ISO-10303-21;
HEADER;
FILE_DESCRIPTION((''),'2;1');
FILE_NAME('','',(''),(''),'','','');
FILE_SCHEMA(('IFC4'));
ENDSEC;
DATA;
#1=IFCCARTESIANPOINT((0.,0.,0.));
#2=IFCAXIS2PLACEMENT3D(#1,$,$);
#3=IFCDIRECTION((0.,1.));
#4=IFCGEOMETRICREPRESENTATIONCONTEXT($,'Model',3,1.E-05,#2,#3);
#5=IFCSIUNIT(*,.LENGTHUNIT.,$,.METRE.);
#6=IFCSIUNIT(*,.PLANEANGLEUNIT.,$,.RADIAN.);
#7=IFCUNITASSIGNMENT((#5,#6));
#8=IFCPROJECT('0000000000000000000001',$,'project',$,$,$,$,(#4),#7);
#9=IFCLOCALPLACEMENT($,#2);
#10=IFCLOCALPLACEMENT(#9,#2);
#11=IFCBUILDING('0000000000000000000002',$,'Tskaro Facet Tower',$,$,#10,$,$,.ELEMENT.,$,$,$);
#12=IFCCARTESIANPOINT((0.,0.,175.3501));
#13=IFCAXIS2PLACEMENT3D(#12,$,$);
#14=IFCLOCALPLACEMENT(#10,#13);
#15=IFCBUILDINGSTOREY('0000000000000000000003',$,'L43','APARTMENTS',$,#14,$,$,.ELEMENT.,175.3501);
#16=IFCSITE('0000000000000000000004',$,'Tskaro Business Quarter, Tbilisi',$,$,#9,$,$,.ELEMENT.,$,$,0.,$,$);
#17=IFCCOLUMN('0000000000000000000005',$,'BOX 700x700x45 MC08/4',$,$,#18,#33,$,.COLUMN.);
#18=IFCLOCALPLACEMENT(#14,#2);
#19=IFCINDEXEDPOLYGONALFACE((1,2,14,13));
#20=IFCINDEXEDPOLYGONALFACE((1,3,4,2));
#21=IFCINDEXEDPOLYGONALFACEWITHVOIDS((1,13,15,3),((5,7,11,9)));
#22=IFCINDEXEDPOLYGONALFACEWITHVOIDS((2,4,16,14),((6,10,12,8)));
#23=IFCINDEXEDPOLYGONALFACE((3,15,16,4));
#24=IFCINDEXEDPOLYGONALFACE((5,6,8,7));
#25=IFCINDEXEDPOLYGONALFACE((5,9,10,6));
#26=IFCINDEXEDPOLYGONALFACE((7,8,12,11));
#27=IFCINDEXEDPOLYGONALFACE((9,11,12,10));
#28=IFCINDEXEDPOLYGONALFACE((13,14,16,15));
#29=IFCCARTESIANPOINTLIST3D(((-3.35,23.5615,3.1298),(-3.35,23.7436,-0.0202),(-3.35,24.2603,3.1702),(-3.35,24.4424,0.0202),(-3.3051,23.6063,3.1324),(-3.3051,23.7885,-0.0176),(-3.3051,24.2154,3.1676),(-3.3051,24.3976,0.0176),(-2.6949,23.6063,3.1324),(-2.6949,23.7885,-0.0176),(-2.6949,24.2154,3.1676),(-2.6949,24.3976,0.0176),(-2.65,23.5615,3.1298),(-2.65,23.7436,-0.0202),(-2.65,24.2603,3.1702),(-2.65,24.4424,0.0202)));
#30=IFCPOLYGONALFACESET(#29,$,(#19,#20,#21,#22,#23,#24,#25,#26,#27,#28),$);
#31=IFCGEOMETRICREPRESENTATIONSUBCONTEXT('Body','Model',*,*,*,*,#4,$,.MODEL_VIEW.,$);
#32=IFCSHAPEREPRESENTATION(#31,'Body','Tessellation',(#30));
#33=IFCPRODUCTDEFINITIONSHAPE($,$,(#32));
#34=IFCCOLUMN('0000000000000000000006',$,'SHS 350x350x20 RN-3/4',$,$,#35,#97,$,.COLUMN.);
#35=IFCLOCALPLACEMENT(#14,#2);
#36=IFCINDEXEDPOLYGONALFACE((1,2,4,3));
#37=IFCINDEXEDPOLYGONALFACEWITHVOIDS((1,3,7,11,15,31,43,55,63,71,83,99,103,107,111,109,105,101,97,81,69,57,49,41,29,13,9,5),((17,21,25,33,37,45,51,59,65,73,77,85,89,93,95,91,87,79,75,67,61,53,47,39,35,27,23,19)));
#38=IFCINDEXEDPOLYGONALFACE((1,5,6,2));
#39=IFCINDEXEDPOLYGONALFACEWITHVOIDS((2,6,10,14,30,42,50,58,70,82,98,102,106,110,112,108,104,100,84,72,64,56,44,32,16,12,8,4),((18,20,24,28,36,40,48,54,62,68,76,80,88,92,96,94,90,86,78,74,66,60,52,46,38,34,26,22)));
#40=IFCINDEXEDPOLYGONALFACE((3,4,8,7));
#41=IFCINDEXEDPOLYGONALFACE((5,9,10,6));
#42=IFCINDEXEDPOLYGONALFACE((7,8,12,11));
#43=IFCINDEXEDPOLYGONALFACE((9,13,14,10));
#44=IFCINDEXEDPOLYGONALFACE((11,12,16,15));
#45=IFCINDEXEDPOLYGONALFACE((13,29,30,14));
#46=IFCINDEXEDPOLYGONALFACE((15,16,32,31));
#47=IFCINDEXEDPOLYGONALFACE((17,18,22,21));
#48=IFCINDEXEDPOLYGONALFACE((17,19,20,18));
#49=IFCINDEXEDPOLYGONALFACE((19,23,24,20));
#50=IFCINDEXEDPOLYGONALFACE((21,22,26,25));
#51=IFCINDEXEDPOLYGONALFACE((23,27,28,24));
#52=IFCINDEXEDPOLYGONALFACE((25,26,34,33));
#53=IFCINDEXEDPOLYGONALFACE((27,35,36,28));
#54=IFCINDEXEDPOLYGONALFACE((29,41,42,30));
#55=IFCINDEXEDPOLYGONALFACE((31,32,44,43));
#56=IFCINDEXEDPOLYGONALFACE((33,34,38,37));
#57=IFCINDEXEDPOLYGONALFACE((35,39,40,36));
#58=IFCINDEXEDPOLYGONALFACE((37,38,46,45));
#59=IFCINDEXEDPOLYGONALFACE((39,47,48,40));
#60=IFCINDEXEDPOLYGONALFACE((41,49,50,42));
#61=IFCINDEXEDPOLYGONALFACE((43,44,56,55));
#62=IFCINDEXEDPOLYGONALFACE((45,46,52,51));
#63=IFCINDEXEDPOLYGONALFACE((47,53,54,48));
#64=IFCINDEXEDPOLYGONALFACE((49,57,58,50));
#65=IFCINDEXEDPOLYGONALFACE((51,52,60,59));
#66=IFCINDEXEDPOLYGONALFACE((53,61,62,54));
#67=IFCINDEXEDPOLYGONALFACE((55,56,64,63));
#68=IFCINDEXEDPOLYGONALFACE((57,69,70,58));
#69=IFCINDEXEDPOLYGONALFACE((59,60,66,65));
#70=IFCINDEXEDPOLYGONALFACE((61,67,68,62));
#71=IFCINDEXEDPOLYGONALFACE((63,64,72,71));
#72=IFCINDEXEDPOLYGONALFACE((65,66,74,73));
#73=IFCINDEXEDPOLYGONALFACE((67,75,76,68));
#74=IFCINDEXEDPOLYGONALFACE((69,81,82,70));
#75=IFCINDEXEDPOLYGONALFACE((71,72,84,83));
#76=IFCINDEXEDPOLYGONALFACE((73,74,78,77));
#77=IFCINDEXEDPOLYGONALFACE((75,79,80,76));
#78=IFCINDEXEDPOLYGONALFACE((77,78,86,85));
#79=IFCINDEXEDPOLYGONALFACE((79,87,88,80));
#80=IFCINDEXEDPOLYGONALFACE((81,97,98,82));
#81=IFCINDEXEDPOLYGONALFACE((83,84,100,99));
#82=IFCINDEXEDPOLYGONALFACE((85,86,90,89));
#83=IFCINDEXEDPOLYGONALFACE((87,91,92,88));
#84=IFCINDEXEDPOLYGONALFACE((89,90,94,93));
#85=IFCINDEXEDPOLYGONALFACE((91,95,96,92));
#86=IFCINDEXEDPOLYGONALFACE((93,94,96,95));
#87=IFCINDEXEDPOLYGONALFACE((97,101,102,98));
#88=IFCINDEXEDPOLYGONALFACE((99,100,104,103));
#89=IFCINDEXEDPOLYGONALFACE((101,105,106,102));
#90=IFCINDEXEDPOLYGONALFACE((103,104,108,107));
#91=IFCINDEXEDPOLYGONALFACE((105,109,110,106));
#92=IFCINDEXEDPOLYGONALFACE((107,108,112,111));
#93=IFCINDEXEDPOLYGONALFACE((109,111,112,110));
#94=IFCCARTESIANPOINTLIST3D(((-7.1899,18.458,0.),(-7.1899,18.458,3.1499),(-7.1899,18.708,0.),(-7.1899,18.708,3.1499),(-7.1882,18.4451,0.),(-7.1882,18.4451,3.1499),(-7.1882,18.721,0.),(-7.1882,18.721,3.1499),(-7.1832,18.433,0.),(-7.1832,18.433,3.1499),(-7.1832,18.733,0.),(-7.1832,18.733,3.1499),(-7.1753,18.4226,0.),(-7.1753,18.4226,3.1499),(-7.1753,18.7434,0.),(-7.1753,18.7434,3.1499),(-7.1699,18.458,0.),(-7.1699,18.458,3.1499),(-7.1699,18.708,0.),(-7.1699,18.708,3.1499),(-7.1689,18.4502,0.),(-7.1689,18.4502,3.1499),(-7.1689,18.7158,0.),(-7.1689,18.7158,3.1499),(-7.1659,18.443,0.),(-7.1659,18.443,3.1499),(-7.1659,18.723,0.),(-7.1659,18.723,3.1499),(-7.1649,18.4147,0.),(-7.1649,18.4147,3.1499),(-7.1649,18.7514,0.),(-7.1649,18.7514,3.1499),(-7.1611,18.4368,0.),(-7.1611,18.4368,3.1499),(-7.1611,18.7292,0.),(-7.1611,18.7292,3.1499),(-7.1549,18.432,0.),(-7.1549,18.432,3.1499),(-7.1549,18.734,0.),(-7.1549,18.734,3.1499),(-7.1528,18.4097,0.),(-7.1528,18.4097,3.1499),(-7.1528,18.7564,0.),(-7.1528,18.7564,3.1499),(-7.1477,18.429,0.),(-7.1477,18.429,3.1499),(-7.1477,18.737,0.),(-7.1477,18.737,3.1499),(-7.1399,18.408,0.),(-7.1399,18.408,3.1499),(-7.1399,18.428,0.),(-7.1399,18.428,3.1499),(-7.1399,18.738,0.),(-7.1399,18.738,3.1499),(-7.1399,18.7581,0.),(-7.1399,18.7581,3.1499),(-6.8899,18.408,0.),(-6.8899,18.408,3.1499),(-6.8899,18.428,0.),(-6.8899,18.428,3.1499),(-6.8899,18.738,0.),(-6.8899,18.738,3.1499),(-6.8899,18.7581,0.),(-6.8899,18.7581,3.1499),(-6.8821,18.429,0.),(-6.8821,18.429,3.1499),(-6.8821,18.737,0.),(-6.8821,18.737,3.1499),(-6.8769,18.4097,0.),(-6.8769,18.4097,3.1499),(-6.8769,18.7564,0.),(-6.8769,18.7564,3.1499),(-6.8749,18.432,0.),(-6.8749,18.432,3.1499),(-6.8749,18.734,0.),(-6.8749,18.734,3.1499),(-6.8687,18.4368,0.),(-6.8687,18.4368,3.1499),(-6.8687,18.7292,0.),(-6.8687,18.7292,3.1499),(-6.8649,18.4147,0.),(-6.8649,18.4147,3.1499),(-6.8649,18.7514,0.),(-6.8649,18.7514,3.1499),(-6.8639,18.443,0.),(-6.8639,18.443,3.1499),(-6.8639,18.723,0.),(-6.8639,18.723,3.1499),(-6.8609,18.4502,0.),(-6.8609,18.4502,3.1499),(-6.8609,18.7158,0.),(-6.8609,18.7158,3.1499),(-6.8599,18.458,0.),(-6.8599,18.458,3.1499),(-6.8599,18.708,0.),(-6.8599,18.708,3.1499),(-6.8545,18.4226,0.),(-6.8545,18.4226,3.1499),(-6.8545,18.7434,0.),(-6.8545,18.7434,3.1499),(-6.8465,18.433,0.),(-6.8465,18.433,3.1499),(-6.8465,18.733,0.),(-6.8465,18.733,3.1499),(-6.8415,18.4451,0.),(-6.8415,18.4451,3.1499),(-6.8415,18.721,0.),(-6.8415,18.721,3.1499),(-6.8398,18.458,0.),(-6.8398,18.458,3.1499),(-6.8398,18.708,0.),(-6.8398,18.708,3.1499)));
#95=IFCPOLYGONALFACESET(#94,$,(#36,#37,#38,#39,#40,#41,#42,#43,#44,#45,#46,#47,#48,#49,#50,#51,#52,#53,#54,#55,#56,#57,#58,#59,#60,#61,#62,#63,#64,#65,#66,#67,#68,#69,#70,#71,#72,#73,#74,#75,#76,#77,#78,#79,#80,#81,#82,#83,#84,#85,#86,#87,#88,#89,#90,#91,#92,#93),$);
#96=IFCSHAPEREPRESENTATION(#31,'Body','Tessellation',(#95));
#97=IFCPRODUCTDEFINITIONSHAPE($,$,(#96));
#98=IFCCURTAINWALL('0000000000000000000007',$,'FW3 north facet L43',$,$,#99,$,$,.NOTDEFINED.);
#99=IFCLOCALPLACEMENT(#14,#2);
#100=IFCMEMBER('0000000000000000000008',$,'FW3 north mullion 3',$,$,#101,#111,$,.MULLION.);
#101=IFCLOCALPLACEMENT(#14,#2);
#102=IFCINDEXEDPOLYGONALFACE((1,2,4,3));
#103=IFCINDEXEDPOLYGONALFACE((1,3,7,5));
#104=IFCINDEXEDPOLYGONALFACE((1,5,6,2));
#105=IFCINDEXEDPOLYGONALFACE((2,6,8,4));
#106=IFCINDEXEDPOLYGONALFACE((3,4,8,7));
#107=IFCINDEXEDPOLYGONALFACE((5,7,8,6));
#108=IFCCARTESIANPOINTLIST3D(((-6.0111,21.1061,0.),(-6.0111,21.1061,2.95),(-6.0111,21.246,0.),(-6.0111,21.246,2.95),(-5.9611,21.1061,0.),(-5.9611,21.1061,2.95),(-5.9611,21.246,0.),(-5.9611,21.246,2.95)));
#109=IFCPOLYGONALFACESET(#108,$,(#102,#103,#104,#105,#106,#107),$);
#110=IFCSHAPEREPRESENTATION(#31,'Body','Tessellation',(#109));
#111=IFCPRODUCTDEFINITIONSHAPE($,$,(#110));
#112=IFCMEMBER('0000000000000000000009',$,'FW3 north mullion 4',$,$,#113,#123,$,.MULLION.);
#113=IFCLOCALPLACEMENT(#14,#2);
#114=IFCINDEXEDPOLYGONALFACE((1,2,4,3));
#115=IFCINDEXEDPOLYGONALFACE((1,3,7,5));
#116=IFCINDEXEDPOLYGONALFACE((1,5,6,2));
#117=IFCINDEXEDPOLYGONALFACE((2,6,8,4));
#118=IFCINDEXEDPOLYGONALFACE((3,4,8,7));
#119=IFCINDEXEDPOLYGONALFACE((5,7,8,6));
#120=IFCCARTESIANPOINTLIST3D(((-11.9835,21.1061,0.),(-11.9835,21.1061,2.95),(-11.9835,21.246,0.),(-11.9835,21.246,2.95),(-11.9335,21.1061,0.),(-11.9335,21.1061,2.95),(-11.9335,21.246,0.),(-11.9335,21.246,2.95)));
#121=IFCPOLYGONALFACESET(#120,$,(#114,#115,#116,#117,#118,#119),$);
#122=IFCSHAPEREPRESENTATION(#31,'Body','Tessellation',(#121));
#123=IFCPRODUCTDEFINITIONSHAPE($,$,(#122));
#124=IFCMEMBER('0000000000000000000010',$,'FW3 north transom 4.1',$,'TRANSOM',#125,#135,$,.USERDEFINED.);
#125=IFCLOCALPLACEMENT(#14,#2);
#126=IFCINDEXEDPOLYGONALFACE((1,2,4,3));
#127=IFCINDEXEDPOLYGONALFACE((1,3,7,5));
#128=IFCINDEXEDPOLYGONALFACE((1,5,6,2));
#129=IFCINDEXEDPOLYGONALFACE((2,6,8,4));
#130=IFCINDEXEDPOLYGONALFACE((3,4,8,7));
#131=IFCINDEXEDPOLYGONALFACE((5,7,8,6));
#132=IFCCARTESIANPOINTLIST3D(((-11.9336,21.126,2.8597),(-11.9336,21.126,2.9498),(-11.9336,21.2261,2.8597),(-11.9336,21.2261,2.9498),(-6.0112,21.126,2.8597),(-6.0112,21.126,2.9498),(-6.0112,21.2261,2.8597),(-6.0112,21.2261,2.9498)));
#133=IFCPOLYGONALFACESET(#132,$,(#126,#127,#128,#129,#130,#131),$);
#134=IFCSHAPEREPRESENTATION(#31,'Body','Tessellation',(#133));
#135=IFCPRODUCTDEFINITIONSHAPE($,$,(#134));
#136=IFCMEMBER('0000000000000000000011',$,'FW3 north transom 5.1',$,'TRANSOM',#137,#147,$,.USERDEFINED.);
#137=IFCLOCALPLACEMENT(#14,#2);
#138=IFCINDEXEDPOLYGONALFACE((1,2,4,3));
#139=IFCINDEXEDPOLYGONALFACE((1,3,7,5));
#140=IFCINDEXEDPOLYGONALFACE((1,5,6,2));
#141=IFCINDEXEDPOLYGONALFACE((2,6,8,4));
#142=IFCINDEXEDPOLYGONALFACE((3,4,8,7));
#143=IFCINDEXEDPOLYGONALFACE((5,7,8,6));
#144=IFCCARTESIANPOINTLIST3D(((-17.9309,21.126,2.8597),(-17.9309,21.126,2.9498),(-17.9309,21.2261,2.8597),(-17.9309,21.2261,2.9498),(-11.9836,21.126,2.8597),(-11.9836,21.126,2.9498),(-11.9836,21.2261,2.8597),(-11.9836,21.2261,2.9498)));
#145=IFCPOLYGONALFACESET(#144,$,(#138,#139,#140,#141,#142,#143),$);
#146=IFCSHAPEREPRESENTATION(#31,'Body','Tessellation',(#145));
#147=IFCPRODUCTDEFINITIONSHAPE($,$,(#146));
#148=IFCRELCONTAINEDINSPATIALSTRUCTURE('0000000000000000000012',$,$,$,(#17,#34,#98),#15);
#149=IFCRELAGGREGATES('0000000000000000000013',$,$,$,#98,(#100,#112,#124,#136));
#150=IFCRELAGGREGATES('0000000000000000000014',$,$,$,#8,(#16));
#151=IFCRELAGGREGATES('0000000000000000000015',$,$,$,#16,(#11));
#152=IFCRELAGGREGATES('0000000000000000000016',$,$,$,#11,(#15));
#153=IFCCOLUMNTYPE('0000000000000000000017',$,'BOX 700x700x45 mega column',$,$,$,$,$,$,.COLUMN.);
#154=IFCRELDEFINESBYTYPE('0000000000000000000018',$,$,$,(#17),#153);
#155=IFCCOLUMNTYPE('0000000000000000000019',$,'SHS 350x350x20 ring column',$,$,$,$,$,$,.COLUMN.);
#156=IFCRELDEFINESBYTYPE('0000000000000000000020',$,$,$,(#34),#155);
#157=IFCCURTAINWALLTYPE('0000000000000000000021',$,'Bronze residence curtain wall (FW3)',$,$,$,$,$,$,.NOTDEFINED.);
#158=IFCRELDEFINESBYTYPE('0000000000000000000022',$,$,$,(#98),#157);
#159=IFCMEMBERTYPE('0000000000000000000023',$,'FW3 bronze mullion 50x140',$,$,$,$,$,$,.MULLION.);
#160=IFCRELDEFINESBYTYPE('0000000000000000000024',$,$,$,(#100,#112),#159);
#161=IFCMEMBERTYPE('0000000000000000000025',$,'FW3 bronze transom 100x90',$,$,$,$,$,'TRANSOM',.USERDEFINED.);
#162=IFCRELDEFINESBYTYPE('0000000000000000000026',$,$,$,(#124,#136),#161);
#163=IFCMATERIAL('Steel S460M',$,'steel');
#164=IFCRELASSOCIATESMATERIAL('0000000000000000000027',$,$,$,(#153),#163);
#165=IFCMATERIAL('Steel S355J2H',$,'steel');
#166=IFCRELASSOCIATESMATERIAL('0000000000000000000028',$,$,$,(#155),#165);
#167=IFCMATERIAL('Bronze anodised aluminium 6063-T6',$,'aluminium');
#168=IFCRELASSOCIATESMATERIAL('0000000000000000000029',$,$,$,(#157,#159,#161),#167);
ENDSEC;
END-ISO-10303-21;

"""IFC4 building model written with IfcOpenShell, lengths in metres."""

from ifc_helpers import new_model, si_unit, direction, frame, origin, origin_2d, place, context, subcontext, project, spatial, rectangle, hollow_rectangle, extrude, material, material_profile, profile_set, type_object, element, aggregate, save


model = new_model("IFC4")

# Units and contexts
model_context = context("Model", 3, precision=1e-05, world=origin(), true_north=direction((0.0, 1.0)))
body_context = subcontext(model_context, "Body", "Model", "MODEL_VIEW")
ifc_project = project(units=[si_unit("LENGTHUNIT", "METRE"), si_unit("PLANEANGLEUNIT", "RADIAN")], contexts=[model_context])

# Site, building, storey
site_placement = place(None, origin())
site = spatial("IfcSite", under=ifc_project, at=site_placement, Name="Tskaro Business Quarter, Tbilisi", CompositionType="ELEMENT", RefElevation=0.0)
building_placement = place(site_placement, origin())
building = spatial("IfcBuilding", under=site, at=building_placement, Name="Tskaro Facet Tower", CompositionType="ELEMENT")
storey_placement = place(building_placement, frame((0.0, 0.0, 175.3501)))
storey = spatial("IfcBuildingStorey", under=building, at=storey_placement, Name="L43", Description="APARTMENTS", CompositionType="ELEMENT", Elevation=175.3501)

# Columns
ifc_material_1 = material(Name="Steel S460M", Category="steel")
ifc_material_profile_1 = material_profile(ifc_material_1, hollow_rectangle(XDim=0.7, YDim=0.7, WallThickness=0.0449, at=origin_2d()), Name="BOX 700x700x45")
ifc_profile_set_1 = profile_set([ifc_material_profile_1], Name="Steel S460M")
column_type_1 = type_object("IfcColumnType", Name="BOX 700x700x45 mega column", PredefinedType="COLUMN", material=ifc_profile_set_1)
column_1_placement = place(storey_placement, frame((-3.0, 24.093, 0.0), z_axis=(0.0, -0.057724, 0.998333), x_axis=(1.0, 0.0, 0.0)))
element("IfcColumn", 1, at=column_1_placement, inside=storey, type_object=column_type_1, Name="BOX 700x700x45 MC08/4", PredefinedType="COLUMN", context=body_context, shape_type="SweptSolid", body=[
    extrude(hollow_rectangle(XDim=0.7, YDim=0.7, WallThickness=0.0449, at=origin_2d()), origin(), (0.0, 0.0, 1.0), 3.1553),
])
ifc_material_2 = material(Name="Steel S355J2H", Category="steel")
ifc_material_profile_2 = material_profile(ifc_material_2, hollow_rectangle(XDim=0.3501, YDim=0.3501, WallThickness=0.02, InnerFilletRadius=0.03, OuterFilletRadius=0.05, at=origin_2d()), Name="SHS 350x350x20")
ifc_profile_set_2 = profile_set([ifc_material_profile_2], Name="Steel S355J2H")
column_type_2 = type_object("IfcColumnType", Name="SHS 350x350x20 ring column", PredefinedType="COLUMN", material=ifc_profile_set_2)
column_2_placement = place(storey_placement, frame((-7.0149, 18.583, 0.0), z_axis=(0.0, 0.0, 1.0), x_axis=(1.0, 0.0, 0.0)))
element("IfcColumn", 2, at=column_2_placement, inside=storey, type_object=column_type_2, Name="SHS 350x350x20 RN-3/4", PredefinedType="COLUMN", context=body_context, shape_type="SweptSolid", body=[
    extrude(hollow_rectangle(XDim=0.3501, YDim=0.3501, WallThickness=0.02, InnerFilletRadius=0.03, OuterFilletRadius=0.05, at=origin_2d()), origin(), (0.0, 0.0, 1.0), 3.1499),
])

# Curtain wall, members
ifc_material_3 = material(Name="Bronze anodised aluminium 6063-T6", Category="aluminium")
curtain_wall_type = type_object("IfcCurtainWallType", Name="Bronze residence curtain wall (FW3)", PredefinedType="NOTDEFINED", material=ifc_material_3)
curtain_wall_placement = place(storey_placement, origin())
curtain_wall = element("IfcCurtainWall", 3, at=curtain_wall_placement, inside=storey, type_object=curtain_wall_type, Name="FW3 north facet L43", PredefinedType="NOTDEFINED")
ifc_material_profile_3 = material_profile(ifc_material_3, rectangle(XDim=0.05, YDim=0.1399, at=origin_2d()), Name="Mullion 50x140")
ifc_profile_set_3 = profile_set([ifc_material_profile_3], Name="Bronze anodised aluminium 6063-T6")
member_type_1 = type_object("IfcMemberType", Name="FW3 bronze mullion 50x140", PredefinedType="MULLION", material=ifc_profile_set_3)
member_1_placement = place(storey_placement, frame((-5.9861, 21.176, 0.0), z_axis=(0.0, 0.0, 1.0), x_axis=(-1.0, 0.0, 0.0)))
member_1 = element("IfcMember", 4, at=member_1_placement, type_object=member_type_1, Name="FW3 north mullion 3", PredefinedType="MULLION", context=body_context, shape_type="SweptSolid", body=[
    extrude(rectangle(XDim=0.05, YDim=0.1399, at=origin_2d()), origin(), (0.0, 0.0, 1.0), 2.95),
])
member_2_placement = place(storey_placement, frame((-11.9585, 21.176, 0.0), z_axis=(0.0, 0.0, 1.0), x_axis=(-1.0, 0.0, 0.0)))
member_2 = element("IfcMember", 5, at=member_2_placement, type_object=member_type_1, Name="FW3 north mullion 4", PredefinedType="MULLION", context=body_context, shape_type="SweptSolid", body=[
    extrude(rectangle(XDim=0.05, YDim=0.1399, at=origin_2d()), origin(), (0.0, 0.0, 1.0), 2.95),
])
ifc_material_profile_4 = material_profile(ifc_material_3, rectangle(XDim=0.1001, YDim=0.0901, at=origin_2d()), Name="Transom 100x90")
ifc_profile_set_4 = profile_set([ifc_material_profile_4], Name="Bronze anodised aluminium 6063-T6")
member_type_2 = type_object("IfcMemberType", Name="FW3 bronze transom 100x90", ElementType="TRANSOM", PredefinedType="USERDEFINED", material=ifc_profile_set_4)
member_3_placement = place(storey_placement, frame((-6.0112, 21.176, 2.9048), z_axis=(-1.0, 0.0, 0.0), x_axis=(0.0, -1.0, 0.0)))
member_3 = element("IfcMember", 6, at=member_3_placement, type_object=member_type_2, Name="FW3 north transom 4.1", ObjectType="TRANSOM", PredefinedType="USERDEFINED", context=body_context, shape_type="SweptSolid", body=[
    extrude(rectangle(XDim=0.1001, YDim=0.0901, at=origin_2d()), origin(), (0.0, 0.0, 1.0), 5.9224),
])
member_4_placement = place(storey_placement, frame((-11.9836, 21.176, 2.9048), z_axis=(-1.0, 0.0, 0.0), x_axis=(0.0, -1.0, 0.0)))
member_4 = element("IfcMember", 7, at=member_4_placement, type_object=member_type_2, Name="FW3 north transom 5.1", ObjectType="TRANSOM", PredefinedType="USERDEFINED", context=body_context, shape_type="SweptSolid", body=[
    extrude(rectangle(XDim=0.1001, YDim=0.0901, at=origin_2d()), origin(), (0.0, 0.0, 1.0), 5.9473),
])

aggregate(curtain_wall, [member_1, member_2, member_3, member_4])

save(model, "model.ifc")
